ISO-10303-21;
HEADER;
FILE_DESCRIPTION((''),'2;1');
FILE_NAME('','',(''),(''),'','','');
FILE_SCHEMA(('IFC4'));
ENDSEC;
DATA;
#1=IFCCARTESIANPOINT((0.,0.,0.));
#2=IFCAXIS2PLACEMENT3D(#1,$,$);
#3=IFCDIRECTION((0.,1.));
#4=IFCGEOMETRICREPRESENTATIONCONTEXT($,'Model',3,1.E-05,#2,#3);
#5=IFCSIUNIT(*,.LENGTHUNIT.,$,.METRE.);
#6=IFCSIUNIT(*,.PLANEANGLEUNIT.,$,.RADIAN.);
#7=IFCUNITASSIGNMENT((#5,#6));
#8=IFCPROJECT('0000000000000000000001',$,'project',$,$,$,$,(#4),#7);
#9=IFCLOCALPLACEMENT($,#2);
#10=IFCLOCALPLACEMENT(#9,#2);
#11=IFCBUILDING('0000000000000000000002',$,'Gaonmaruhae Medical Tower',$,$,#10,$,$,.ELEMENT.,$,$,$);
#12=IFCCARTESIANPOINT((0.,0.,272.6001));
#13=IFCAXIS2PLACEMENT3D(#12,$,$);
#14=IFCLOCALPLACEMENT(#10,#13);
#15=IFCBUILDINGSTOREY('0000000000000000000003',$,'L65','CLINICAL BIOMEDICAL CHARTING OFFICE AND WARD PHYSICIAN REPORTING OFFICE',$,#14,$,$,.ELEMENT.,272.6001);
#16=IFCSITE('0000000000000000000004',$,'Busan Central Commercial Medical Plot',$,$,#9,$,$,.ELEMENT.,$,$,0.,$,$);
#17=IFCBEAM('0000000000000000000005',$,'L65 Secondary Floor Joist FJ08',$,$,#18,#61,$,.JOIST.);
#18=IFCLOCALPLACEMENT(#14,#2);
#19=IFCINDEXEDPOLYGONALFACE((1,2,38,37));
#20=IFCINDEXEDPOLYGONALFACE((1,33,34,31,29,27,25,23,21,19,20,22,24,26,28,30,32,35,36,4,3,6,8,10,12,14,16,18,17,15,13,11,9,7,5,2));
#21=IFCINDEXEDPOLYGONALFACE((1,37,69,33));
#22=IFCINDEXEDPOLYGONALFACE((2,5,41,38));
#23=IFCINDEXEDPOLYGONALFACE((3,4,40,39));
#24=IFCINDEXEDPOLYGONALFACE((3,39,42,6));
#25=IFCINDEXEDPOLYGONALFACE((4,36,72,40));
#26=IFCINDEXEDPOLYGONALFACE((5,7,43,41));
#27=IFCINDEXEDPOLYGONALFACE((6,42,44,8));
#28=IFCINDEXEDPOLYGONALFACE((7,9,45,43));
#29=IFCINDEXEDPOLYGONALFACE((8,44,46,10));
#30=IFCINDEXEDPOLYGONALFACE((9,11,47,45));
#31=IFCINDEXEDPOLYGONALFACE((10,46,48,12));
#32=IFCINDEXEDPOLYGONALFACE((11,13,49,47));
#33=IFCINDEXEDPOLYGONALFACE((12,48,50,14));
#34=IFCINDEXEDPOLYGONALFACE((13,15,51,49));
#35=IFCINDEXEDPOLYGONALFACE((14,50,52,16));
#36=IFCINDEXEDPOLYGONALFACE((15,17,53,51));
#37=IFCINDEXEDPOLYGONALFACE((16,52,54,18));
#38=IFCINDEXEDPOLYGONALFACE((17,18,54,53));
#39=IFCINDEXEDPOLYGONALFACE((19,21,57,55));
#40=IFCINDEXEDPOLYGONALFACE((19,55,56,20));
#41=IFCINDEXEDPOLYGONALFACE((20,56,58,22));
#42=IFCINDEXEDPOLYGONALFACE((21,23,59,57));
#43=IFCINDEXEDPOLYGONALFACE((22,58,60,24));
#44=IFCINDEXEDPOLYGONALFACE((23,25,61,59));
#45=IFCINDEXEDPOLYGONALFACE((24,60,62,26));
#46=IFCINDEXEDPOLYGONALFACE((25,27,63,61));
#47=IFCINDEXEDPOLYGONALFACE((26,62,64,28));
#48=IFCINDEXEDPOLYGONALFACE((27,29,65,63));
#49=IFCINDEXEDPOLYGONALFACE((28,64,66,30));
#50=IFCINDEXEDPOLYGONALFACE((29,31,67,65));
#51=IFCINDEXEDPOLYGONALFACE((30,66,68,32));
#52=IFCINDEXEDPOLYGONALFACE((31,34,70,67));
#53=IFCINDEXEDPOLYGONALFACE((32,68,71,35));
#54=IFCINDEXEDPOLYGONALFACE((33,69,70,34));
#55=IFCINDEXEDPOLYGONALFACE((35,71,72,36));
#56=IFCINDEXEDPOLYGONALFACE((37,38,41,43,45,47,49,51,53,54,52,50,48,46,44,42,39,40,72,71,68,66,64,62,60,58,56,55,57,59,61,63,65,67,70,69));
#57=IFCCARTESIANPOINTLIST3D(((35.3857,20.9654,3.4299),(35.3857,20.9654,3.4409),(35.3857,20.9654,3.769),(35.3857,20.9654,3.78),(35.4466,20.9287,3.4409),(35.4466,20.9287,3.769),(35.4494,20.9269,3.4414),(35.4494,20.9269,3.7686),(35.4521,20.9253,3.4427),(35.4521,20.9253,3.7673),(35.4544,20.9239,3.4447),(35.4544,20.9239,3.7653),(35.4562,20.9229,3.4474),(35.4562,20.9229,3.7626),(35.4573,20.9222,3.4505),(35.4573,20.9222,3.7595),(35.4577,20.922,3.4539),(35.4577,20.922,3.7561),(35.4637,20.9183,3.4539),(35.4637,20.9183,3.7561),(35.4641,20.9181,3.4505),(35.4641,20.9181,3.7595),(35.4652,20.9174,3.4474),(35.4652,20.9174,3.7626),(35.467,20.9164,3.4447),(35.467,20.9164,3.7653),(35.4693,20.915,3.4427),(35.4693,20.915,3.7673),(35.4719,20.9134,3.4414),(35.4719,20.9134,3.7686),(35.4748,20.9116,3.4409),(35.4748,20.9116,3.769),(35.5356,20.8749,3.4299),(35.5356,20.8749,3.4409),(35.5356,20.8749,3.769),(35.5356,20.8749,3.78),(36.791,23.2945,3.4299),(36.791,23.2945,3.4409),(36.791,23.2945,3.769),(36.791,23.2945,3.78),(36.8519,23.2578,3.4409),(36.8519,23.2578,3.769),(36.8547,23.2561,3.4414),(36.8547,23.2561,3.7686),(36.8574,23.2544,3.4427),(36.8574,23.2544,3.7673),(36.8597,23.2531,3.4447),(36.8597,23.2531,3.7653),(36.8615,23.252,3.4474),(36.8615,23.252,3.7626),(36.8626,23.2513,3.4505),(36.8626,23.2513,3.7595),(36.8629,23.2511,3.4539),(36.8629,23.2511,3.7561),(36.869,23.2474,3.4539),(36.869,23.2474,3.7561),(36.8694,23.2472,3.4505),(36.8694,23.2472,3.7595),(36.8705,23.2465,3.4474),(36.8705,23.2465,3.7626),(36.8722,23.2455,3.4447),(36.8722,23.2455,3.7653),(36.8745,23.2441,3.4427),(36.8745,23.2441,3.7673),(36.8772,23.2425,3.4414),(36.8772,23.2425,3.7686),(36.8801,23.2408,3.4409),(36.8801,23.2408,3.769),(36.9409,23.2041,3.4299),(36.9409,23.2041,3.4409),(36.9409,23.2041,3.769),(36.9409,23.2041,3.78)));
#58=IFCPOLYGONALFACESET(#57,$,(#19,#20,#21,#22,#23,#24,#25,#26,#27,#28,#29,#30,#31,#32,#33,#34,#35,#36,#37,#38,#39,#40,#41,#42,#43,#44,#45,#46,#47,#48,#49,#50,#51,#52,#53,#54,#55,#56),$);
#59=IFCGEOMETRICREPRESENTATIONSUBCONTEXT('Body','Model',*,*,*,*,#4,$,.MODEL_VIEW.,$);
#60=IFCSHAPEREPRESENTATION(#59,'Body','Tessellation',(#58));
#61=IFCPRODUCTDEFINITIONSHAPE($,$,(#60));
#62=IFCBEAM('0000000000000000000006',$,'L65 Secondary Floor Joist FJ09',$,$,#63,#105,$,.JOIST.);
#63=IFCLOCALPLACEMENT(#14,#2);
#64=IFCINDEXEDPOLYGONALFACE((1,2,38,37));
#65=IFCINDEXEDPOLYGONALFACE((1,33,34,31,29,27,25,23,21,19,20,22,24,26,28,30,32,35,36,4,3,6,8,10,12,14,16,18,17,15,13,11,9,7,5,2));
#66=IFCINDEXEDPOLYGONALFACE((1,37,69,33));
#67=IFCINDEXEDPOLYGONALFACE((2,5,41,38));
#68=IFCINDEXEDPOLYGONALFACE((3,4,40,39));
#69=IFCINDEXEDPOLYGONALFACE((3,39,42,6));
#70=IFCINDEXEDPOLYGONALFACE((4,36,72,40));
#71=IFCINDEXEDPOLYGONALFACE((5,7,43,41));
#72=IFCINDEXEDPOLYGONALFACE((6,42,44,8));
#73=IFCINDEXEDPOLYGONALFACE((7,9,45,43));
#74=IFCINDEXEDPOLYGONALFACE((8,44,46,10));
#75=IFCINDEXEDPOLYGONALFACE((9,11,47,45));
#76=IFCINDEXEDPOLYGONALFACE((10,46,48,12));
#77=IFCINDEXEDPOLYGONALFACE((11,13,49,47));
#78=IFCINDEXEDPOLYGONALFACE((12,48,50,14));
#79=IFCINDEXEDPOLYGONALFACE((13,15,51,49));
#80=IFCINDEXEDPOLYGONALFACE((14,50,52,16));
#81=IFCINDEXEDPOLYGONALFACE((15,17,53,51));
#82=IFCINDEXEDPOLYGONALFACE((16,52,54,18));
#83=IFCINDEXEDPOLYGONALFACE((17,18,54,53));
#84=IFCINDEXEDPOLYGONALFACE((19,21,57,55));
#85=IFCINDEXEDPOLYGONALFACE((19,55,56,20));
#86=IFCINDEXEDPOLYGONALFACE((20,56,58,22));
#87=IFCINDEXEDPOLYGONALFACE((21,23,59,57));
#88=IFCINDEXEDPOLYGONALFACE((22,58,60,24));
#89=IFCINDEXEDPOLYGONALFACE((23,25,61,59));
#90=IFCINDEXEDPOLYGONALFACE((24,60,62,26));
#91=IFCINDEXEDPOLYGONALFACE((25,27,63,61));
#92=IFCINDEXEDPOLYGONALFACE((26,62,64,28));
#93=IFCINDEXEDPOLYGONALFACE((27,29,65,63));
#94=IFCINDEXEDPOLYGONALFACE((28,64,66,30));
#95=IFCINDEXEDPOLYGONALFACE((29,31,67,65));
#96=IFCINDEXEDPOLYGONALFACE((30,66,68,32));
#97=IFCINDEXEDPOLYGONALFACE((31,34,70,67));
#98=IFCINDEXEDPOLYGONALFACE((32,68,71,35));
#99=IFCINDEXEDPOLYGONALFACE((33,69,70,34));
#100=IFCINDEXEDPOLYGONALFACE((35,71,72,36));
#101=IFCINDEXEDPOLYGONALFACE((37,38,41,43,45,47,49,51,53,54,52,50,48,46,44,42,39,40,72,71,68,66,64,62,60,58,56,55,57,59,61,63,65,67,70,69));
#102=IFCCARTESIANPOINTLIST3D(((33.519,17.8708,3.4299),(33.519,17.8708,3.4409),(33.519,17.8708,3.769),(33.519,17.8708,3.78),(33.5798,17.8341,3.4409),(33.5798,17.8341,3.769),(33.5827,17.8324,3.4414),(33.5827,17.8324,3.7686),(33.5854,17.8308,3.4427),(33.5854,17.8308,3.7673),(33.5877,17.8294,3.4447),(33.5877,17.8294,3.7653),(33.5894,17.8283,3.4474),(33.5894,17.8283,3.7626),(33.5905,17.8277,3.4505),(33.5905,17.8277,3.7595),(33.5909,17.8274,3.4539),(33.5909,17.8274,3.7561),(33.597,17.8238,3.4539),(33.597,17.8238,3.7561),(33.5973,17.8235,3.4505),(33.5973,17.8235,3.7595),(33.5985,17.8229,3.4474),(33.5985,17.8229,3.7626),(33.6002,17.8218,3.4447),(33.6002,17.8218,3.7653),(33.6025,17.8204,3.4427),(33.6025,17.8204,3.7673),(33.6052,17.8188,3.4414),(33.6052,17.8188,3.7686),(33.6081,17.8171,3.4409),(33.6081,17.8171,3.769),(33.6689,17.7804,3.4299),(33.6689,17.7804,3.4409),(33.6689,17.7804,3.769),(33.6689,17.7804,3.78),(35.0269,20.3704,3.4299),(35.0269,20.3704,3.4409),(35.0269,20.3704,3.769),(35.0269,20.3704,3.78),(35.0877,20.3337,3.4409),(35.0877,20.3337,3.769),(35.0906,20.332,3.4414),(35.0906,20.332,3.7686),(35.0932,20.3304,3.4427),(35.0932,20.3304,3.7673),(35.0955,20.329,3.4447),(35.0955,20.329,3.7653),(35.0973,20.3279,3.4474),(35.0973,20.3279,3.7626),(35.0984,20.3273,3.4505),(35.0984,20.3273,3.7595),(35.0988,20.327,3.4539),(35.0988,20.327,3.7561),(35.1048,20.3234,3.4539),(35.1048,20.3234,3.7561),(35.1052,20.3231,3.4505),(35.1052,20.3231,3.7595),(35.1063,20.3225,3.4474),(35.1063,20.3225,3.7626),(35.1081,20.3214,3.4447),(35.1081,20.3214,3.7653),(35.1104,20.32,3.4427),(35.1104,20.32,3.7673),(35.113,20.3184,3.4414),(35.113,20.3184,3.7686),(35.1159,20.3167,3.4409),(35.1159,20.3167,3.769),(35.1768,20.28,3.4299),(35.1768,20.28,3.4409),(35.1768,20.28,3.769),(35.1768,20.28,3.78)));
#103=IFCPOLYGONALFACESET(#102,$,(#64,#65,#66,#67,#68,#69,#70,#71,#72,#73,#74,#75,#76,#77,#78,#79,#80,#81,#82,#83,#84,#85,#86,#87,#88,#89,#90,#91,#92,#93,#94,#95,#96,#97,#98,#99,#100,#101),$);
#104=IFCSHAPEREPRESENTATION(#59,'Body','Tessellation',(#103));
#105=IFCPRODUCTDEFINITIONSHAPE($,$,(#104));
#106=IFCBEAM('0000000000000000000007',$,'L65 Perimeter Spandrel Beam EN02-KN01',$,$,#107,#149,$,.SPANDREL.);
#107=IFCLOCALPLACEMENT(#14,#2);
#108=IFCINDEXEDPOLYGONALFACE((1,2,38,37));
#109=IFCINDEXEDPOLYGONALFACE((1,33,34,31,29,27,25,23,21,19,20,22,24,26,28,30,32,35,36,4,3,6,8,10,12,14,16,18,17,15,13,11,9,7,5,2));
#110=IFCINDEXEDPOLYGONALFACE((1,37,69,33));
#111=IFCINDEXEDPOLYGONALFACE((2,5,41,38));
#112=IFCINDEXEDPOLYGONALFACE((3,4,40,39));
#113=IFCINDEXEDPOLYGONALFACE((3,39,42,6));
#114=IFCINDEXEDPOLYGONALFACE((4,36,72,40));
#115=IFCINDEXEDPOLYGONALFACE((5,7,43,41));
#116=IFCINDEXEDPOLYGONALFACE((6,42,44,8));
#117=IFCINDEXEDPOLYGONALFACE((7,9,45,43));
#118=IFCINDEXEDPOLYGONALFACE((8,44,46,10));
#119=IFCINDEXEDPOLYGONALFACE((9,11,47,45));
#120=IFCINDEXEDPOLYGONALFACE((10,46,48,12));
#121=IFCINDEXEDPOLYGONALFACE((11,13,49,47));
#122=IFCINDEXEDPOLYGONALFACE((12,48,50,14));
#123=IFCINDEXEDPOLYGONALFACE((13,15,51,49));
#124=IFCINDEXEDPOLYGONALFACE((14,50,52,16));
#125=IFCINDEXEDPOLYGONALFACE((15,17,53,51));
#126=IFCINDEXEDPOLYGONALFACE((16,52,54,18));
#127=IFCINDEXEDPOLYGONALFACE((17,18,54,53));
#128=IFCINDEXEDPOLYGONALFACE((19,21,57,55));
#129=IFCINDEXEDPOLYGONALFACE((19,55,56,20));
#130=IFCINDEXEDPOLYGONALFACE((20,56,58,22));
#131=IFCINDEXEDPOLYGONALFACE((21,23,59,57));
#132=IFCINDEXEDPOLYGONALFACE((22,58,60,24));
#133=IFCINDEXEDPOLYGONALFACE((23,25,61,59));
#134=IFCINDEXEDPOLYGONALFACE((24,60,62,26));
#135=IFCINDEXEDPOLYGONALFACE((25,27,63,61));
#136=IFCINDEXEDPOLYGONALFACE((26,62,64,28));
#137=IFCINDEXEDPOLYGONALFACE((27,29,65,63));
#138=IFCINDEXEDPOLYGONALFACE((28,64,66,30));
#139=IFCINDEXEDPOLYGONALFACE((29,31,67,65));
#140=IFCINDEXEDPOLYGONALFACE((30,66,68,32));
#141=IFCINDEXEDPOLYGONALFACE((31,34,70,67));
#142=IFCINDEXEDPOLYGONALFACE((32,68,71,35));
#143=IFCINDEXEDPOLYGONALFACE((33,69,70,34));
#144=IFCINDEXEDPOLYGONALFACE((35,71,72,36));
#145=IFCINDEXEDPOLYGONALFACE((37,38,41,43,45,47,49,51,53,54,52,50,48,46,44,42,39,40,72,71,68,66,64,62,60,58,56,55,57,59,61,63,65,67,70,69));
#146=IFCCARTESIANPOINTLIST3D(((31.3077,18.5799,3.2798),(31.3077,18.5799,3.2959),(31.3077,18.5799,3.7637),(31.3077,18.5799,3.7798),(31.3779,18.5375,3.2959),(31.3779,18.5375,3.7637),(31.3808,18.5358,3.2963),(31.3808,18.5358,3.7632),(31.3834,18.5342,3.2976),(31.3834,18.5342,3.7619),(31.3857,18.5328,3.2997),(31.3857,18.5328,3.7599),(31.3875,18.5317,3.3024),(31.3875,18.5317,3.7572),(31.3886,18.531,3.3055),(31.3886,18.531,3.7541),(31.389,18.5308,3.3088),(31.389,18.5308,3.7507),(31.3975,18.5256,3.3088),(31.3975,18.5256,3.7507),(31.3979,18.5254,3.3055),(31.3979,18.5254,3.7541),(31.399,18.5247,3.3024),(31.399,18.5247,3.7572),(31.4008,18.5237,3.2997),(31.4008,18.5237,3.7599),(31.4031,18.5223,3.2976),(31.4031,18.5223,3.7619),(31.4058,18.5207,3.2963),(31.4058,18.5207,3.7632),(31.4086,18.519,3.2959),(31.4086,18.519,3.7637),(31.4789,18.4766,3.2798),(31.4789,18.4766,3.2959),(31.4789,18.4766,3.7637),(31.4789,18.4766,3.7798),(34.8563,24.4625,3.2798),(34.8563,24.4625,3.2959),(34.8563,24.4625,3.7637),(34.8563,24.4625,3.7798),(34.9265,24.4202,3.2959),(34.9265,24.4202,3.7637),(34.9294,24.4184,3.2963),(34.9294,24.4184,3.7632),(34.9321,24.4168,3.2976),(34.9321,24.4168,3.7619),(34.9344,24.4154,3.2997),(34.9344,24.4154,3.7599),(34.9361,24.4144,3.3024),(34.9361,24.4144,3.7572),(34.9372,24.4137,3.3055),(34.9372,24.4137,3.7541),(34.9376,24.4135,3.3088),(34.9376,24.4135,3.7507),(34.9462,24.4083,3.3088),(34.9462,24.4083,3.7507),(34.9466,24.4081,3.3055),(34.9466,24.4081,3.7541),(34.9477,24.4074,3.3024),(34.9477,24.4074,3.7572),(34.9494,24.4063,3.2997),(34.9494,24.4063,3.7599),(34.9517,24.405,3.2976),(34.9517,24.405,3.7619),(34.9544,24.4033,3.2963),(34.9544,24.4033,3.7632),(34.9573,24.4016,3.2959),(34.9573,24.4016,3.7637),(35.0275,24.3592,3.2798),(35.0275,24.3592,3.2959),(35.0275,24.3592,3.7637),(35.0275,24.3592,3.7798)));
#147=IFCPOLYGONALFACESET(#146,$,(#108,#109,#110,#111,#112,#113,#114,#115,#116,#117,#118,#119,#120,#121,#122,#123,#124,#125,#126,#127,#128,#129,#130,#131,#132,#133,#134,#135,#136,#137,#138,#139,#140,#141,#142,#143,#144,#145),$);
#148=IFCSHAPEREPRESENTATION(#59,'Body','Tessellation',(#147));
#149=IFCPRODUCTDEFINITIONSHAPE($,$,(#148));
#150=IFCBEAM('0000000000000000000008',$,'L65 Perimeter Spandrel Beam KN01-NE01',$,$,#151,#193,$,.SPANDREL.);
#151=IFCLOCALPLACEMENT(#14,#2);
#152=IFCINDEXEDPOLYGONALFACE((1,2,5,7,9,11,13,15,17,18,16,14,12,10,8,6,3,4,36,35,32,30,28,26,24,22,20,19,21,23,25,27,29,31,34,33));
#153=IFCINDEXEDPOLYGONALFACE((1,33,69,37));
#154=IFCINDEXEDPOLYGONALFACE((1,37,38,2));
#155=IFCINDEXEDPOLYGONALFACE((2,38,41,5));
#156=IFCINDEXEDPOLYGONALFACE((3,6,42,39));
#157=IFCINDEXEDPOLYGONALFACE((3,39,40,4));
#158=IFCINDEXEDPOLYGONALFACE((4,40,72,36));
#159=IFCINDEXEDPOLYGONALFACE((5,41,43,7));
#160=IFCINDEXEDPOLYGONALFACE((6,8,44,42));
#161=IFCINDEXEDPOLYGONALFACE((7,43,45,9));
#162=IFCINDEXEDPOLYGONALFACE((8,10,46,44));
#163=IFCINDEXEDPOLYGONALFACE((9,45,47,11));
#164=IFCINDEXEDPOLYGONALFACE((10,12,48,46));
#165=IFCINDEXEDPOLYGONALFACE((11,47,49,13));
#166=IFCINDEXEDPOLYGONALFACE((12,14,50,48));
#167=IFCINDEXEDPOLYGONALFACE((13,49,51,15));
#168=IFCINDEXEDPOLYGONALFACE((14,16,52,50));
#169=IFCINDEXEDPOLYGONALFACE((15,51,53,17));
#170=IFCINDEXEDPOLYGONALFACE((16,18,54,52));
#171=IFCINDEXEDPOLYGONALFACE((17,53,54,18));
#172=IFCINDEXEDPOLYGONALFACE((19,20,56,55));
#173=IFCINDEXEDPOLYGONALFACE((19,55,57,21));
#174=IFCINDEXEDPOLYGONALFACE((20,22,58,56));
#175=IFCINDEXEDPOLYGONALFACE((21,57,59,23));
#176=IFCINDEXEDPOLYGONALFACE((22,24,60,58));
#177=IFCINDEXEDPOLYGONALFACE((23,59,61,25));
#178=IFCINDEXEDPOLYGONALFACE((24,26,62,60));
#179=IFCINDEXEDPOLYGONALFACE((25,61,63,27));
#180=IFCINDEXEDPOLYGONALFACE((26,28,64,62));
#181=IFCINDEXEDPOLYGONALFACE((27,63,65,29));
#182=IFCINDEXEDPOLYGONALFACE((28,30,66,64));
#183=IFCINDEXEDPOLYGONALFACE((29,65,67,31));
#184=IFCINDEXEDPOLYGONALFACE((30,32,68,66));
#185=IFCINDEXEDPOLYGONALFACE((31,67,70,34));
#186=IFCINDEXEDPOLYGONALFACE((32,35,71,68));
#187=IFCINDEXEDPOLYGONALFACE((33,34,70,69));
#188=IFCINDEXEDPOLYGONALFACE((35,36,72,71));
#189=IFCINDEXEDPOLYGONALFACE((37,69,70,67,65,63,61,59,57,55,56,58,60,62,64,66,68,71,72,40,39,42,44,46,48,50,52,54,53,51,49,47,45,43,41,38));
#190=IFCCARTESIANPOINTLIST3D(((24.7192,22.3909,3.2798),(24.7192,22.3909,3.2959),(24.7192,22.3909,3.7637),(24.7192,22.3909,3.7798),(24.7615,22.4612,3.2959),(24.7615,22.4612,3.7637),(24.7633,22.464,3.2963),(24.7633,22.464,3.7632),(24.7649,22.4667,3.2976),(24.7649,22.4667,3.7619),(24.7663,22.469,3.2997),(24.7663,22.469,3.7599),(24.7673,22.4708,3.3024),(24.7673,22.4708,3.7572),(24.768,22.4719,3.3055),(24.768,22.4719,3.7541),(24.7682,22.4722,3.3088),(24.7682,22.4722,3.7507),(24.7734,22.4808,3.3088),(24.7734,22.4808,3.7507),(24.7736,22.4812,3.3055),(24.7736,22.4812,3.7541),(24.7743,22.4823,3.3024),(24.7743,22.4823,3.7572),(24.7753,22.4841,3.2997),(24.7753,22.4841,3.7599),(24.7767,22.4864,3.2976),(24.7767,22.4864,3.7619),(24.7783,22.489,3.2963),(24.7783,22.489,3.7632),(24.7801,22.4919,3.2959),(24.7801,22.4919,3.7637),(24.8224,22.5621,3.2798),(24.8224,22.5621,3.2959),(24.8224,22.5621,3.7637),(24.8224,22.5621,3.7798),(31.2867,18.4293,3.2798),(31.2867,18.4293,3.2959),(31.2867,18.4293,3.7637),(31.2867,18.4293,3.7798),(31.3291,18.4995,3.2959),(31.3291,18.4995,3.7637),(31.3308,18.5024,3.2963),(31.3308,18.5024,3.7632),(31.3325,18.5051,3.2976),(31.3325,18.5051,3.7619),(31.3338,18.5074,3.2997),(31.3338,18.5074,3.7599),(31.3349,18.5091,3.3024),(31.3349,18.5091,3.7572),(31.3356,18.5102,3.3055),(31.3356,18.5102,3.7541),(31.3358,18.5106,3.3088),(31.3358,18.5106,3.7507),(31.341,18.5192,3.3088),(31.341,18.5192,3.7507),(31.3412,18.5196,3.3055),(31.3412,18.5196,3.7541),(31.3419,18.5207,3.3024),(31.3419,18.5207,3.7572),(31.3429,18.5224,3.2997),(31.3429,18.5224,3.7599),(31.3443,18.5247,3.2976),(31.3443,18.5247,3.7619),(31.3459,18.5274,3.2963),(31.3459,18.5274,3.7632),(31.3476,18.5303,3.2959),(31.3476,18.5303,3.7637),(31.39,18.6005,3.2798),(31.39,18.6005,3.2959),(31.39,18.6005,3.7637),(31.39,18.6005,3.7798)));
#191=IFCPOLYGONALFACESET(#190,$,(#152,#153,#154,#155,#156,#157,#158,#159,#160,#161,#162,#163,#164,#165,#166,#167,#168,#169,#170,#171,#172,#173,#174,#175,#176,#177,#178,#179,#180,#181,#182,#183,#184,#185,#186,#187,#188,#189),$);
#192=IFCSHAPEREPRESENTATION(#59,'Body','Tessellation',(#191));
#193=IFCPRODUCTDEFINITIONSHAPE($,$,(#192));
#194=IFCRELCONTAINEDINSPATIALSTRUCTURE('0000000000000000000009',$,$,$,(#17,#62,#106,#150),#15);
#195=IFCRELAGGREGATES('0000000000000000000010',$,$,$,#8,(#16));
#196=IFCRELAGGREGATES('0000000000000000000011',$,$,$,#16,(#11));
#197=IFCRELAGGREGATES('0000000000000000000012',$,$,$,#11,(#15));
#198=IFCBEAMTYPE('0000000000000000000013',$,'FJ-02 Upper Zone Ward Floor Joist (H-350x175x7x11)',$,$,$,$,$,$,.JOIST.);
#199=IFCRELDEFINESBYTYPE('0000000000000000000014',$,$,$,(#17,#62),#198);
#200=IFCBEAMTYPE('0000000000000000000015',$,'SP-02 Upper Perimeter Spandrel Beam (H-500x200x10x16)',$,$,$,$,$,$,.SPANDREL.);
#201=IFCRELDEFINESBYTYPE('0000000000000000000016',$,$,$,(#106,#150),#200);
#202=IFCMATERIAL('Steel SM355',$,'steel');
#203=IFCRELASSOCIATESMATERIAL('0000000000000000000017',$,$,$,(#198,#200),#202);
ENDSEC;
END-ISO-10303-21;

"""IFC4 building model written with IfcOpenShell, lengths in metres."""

from ifc_helpers import new_model, si_unit, direction, frame, origin, origin_2d, place, context, subcontext, project, spatial, i_section, extrude, material, material_profile, profile_set, type_object, element, save


model = new_model("IFC4")

# Units and contexts
model_context = context("Model", 3, precision=1e-05, world=origin(), true_north=direction((0.0, 1.0)))
body_context = subcontext(model_context, "Body", "Model", "MODEL_VIEW")
ifc_project = project(units=[si_unit("LENGTHUNIT", "METRE"), si_unit("PLANEANGLEUNIT", "RADIAN")], contexts=[model_context])

# Site, building, storey
site_placement = place(None, origin())
site = spatial("IfcSite", under=ifc_project, at=site_placement, Name="Busan Central Commercial Medical Plot", CompositionType="ELEMENT", RefElevation=0.0)
building_placement = place(site_placement, origin())
building = spatial("IfcBuilding", under=site, at=building_placement, Name="Gaonmaruhae Medical Tower", CompositionType="ELEMENT")
storey_placement = place(building_placement, frame((0.0, 0.0, 272.6001)))
storey = spatial("IfcBuildingStorey", under=building, at=storey_placement, Name="L65", Description="CLINICAL BIOMEDICAL CHARTING OFFICE AND WARD PHYSICIAN REPORTING OFFICE", CompositionType="ELEMENT", Elevation=272.6001)

# Beams
ifc_material_1 = material(Name="Steel SM355", Category="steel")
ifc_material_profile_1 = material_profile(ifc_material_1, i_section(OverallWidth=0.175, OverallDepth=0.3501, WebThickness=0.0071, FlangeThickness=0.011, FilletRadius=0.0129, at=origin_2d()), Name="H-350x175x7x11")
ifc_profile_set_1 = profile_set([ifc_material_profile_1], Name="Steel SM355")
beam_type_1 = type_object("IfcBeamType", Name="FJ-02 Upper Zone Ward Floor Joist (H-350x175x7x11)", PredefinedType="JOIST", material=ifc_profile_set_1)
beam_1_placement = place(storey_placement, frame((36.866, 23.2493, 3.605), z_axis=(-0.516606, -0.856223, 0.0), x_axis=(0.856223, -0.516606, 0.0)))
element("IfcBeam", 1, at=beam_1_placement, inside=storey, type_object=beam_type_1, Name="L65 Secondary Floor Joist FJ08", PredefinedType="JOIST", context=body_context, shape_type="SweptSolid", body=[
    extrude(i_section(OverallWidth=0.175, OverallDepth=0.3501, WebThickness=0.0071, FlangeThickness=0.011, FilletRadius=0.0129, at=origin_2d()), origin(), (0.0, 0.0, 1.0), 2.7202),
])
beam_2_placement = place(storey_placement, frame((35.1018, 20.3252, 3.605), z_axis=(-0.516536, -0.856265, 0.0), x_axis=(0.856265, -0.516536, 0.0)))
element("IfcBeam", 2, at=beam_2_placement, inside=storey, type_object=beam_type_1, Name="L65 Secondary Floor Joist FJ09", PredefinedType="JOIST", context=body_context, shape_type="SweptSolid", body=[
    extrude(i_section(OverallWidth=0.175, OverallDepth=0.3501, WebThickness=0.0071, FlangeThickness=0.011, FilletRadius=0.0129, at=origin_2d()), origin(), (0.0, 0.0, 1.0), 2.9192),
])
ifc_material_profile_2 = material_profile(ifc_material_1, i_section(OverallWidth=0.2, OverallDepth=0.5, WebThickness=0.01, FlangeThickness=0.0161, FilletRadius=0.0129, at=origin_2d()), Name="H-500x200x10x16")
ifc_profile_set_2 = profile_set([ifc_material_profile_2], Name="Steel SM355")
beam_type_2 = type_object("IfcBeamType", Name="SP-02 Upper Perimeter Spandrel Beam (H-500x200x10x16)", PredefinedType="SPANDREL", material=ifc_profile_set_2)
beam_3_placement = place(storey_placement, frame((34.9419, 24.4109, 3.5298), z_axis=(-0.516532, -0.856268, 0.0), x_axis=(0.856268, -0.516532, 0.0)))
element("IfcBeam", 3, at=beam_3_placement, inside=storey, type_object=beam_type_2, Name="L65 Perimeter Spandrel Beam EN02-KN01", PredefinedType="SPANDREL", context=body_context, shape_type="SweptSolid", body=[
    extrude(i_section(OverallWidth=0.2, OverallDepth=0.5, WebThickness=0.01, FlangeThickness=0.0161, FilletRadius=0.0129, at=origin_2d()), origin(), (0.0, 0.0, 1.0), 6.8701),
])
beam_4_placement = place(storey_placement, frame((31.3384, 18.5149, 3.5298), z_axis=(-0.856277, 0.516517, 0.0), x_axis=(-0.516517, -0.856277, 0.0)))
element("IfcBeam", 4, at=beam_4_placement, inside=storey, type_object=beam_type_2, Name="L65 Perimeter Spandrel Beam KN01-NE01", PredefinedType="SPANDREL", context=body_context, shape_type="SweptSolid", body=[
    extrude(i_section(OverallWidth=0.2, OverallDepth=0.5, WebThickness=0.01, FlangeThickness=0.0161, FilletRadius=0.0129, at=origin_2d()), origin(), (0.0, 0.0, 1.0), 7.6699),
])

save(model, "model.ifc")
